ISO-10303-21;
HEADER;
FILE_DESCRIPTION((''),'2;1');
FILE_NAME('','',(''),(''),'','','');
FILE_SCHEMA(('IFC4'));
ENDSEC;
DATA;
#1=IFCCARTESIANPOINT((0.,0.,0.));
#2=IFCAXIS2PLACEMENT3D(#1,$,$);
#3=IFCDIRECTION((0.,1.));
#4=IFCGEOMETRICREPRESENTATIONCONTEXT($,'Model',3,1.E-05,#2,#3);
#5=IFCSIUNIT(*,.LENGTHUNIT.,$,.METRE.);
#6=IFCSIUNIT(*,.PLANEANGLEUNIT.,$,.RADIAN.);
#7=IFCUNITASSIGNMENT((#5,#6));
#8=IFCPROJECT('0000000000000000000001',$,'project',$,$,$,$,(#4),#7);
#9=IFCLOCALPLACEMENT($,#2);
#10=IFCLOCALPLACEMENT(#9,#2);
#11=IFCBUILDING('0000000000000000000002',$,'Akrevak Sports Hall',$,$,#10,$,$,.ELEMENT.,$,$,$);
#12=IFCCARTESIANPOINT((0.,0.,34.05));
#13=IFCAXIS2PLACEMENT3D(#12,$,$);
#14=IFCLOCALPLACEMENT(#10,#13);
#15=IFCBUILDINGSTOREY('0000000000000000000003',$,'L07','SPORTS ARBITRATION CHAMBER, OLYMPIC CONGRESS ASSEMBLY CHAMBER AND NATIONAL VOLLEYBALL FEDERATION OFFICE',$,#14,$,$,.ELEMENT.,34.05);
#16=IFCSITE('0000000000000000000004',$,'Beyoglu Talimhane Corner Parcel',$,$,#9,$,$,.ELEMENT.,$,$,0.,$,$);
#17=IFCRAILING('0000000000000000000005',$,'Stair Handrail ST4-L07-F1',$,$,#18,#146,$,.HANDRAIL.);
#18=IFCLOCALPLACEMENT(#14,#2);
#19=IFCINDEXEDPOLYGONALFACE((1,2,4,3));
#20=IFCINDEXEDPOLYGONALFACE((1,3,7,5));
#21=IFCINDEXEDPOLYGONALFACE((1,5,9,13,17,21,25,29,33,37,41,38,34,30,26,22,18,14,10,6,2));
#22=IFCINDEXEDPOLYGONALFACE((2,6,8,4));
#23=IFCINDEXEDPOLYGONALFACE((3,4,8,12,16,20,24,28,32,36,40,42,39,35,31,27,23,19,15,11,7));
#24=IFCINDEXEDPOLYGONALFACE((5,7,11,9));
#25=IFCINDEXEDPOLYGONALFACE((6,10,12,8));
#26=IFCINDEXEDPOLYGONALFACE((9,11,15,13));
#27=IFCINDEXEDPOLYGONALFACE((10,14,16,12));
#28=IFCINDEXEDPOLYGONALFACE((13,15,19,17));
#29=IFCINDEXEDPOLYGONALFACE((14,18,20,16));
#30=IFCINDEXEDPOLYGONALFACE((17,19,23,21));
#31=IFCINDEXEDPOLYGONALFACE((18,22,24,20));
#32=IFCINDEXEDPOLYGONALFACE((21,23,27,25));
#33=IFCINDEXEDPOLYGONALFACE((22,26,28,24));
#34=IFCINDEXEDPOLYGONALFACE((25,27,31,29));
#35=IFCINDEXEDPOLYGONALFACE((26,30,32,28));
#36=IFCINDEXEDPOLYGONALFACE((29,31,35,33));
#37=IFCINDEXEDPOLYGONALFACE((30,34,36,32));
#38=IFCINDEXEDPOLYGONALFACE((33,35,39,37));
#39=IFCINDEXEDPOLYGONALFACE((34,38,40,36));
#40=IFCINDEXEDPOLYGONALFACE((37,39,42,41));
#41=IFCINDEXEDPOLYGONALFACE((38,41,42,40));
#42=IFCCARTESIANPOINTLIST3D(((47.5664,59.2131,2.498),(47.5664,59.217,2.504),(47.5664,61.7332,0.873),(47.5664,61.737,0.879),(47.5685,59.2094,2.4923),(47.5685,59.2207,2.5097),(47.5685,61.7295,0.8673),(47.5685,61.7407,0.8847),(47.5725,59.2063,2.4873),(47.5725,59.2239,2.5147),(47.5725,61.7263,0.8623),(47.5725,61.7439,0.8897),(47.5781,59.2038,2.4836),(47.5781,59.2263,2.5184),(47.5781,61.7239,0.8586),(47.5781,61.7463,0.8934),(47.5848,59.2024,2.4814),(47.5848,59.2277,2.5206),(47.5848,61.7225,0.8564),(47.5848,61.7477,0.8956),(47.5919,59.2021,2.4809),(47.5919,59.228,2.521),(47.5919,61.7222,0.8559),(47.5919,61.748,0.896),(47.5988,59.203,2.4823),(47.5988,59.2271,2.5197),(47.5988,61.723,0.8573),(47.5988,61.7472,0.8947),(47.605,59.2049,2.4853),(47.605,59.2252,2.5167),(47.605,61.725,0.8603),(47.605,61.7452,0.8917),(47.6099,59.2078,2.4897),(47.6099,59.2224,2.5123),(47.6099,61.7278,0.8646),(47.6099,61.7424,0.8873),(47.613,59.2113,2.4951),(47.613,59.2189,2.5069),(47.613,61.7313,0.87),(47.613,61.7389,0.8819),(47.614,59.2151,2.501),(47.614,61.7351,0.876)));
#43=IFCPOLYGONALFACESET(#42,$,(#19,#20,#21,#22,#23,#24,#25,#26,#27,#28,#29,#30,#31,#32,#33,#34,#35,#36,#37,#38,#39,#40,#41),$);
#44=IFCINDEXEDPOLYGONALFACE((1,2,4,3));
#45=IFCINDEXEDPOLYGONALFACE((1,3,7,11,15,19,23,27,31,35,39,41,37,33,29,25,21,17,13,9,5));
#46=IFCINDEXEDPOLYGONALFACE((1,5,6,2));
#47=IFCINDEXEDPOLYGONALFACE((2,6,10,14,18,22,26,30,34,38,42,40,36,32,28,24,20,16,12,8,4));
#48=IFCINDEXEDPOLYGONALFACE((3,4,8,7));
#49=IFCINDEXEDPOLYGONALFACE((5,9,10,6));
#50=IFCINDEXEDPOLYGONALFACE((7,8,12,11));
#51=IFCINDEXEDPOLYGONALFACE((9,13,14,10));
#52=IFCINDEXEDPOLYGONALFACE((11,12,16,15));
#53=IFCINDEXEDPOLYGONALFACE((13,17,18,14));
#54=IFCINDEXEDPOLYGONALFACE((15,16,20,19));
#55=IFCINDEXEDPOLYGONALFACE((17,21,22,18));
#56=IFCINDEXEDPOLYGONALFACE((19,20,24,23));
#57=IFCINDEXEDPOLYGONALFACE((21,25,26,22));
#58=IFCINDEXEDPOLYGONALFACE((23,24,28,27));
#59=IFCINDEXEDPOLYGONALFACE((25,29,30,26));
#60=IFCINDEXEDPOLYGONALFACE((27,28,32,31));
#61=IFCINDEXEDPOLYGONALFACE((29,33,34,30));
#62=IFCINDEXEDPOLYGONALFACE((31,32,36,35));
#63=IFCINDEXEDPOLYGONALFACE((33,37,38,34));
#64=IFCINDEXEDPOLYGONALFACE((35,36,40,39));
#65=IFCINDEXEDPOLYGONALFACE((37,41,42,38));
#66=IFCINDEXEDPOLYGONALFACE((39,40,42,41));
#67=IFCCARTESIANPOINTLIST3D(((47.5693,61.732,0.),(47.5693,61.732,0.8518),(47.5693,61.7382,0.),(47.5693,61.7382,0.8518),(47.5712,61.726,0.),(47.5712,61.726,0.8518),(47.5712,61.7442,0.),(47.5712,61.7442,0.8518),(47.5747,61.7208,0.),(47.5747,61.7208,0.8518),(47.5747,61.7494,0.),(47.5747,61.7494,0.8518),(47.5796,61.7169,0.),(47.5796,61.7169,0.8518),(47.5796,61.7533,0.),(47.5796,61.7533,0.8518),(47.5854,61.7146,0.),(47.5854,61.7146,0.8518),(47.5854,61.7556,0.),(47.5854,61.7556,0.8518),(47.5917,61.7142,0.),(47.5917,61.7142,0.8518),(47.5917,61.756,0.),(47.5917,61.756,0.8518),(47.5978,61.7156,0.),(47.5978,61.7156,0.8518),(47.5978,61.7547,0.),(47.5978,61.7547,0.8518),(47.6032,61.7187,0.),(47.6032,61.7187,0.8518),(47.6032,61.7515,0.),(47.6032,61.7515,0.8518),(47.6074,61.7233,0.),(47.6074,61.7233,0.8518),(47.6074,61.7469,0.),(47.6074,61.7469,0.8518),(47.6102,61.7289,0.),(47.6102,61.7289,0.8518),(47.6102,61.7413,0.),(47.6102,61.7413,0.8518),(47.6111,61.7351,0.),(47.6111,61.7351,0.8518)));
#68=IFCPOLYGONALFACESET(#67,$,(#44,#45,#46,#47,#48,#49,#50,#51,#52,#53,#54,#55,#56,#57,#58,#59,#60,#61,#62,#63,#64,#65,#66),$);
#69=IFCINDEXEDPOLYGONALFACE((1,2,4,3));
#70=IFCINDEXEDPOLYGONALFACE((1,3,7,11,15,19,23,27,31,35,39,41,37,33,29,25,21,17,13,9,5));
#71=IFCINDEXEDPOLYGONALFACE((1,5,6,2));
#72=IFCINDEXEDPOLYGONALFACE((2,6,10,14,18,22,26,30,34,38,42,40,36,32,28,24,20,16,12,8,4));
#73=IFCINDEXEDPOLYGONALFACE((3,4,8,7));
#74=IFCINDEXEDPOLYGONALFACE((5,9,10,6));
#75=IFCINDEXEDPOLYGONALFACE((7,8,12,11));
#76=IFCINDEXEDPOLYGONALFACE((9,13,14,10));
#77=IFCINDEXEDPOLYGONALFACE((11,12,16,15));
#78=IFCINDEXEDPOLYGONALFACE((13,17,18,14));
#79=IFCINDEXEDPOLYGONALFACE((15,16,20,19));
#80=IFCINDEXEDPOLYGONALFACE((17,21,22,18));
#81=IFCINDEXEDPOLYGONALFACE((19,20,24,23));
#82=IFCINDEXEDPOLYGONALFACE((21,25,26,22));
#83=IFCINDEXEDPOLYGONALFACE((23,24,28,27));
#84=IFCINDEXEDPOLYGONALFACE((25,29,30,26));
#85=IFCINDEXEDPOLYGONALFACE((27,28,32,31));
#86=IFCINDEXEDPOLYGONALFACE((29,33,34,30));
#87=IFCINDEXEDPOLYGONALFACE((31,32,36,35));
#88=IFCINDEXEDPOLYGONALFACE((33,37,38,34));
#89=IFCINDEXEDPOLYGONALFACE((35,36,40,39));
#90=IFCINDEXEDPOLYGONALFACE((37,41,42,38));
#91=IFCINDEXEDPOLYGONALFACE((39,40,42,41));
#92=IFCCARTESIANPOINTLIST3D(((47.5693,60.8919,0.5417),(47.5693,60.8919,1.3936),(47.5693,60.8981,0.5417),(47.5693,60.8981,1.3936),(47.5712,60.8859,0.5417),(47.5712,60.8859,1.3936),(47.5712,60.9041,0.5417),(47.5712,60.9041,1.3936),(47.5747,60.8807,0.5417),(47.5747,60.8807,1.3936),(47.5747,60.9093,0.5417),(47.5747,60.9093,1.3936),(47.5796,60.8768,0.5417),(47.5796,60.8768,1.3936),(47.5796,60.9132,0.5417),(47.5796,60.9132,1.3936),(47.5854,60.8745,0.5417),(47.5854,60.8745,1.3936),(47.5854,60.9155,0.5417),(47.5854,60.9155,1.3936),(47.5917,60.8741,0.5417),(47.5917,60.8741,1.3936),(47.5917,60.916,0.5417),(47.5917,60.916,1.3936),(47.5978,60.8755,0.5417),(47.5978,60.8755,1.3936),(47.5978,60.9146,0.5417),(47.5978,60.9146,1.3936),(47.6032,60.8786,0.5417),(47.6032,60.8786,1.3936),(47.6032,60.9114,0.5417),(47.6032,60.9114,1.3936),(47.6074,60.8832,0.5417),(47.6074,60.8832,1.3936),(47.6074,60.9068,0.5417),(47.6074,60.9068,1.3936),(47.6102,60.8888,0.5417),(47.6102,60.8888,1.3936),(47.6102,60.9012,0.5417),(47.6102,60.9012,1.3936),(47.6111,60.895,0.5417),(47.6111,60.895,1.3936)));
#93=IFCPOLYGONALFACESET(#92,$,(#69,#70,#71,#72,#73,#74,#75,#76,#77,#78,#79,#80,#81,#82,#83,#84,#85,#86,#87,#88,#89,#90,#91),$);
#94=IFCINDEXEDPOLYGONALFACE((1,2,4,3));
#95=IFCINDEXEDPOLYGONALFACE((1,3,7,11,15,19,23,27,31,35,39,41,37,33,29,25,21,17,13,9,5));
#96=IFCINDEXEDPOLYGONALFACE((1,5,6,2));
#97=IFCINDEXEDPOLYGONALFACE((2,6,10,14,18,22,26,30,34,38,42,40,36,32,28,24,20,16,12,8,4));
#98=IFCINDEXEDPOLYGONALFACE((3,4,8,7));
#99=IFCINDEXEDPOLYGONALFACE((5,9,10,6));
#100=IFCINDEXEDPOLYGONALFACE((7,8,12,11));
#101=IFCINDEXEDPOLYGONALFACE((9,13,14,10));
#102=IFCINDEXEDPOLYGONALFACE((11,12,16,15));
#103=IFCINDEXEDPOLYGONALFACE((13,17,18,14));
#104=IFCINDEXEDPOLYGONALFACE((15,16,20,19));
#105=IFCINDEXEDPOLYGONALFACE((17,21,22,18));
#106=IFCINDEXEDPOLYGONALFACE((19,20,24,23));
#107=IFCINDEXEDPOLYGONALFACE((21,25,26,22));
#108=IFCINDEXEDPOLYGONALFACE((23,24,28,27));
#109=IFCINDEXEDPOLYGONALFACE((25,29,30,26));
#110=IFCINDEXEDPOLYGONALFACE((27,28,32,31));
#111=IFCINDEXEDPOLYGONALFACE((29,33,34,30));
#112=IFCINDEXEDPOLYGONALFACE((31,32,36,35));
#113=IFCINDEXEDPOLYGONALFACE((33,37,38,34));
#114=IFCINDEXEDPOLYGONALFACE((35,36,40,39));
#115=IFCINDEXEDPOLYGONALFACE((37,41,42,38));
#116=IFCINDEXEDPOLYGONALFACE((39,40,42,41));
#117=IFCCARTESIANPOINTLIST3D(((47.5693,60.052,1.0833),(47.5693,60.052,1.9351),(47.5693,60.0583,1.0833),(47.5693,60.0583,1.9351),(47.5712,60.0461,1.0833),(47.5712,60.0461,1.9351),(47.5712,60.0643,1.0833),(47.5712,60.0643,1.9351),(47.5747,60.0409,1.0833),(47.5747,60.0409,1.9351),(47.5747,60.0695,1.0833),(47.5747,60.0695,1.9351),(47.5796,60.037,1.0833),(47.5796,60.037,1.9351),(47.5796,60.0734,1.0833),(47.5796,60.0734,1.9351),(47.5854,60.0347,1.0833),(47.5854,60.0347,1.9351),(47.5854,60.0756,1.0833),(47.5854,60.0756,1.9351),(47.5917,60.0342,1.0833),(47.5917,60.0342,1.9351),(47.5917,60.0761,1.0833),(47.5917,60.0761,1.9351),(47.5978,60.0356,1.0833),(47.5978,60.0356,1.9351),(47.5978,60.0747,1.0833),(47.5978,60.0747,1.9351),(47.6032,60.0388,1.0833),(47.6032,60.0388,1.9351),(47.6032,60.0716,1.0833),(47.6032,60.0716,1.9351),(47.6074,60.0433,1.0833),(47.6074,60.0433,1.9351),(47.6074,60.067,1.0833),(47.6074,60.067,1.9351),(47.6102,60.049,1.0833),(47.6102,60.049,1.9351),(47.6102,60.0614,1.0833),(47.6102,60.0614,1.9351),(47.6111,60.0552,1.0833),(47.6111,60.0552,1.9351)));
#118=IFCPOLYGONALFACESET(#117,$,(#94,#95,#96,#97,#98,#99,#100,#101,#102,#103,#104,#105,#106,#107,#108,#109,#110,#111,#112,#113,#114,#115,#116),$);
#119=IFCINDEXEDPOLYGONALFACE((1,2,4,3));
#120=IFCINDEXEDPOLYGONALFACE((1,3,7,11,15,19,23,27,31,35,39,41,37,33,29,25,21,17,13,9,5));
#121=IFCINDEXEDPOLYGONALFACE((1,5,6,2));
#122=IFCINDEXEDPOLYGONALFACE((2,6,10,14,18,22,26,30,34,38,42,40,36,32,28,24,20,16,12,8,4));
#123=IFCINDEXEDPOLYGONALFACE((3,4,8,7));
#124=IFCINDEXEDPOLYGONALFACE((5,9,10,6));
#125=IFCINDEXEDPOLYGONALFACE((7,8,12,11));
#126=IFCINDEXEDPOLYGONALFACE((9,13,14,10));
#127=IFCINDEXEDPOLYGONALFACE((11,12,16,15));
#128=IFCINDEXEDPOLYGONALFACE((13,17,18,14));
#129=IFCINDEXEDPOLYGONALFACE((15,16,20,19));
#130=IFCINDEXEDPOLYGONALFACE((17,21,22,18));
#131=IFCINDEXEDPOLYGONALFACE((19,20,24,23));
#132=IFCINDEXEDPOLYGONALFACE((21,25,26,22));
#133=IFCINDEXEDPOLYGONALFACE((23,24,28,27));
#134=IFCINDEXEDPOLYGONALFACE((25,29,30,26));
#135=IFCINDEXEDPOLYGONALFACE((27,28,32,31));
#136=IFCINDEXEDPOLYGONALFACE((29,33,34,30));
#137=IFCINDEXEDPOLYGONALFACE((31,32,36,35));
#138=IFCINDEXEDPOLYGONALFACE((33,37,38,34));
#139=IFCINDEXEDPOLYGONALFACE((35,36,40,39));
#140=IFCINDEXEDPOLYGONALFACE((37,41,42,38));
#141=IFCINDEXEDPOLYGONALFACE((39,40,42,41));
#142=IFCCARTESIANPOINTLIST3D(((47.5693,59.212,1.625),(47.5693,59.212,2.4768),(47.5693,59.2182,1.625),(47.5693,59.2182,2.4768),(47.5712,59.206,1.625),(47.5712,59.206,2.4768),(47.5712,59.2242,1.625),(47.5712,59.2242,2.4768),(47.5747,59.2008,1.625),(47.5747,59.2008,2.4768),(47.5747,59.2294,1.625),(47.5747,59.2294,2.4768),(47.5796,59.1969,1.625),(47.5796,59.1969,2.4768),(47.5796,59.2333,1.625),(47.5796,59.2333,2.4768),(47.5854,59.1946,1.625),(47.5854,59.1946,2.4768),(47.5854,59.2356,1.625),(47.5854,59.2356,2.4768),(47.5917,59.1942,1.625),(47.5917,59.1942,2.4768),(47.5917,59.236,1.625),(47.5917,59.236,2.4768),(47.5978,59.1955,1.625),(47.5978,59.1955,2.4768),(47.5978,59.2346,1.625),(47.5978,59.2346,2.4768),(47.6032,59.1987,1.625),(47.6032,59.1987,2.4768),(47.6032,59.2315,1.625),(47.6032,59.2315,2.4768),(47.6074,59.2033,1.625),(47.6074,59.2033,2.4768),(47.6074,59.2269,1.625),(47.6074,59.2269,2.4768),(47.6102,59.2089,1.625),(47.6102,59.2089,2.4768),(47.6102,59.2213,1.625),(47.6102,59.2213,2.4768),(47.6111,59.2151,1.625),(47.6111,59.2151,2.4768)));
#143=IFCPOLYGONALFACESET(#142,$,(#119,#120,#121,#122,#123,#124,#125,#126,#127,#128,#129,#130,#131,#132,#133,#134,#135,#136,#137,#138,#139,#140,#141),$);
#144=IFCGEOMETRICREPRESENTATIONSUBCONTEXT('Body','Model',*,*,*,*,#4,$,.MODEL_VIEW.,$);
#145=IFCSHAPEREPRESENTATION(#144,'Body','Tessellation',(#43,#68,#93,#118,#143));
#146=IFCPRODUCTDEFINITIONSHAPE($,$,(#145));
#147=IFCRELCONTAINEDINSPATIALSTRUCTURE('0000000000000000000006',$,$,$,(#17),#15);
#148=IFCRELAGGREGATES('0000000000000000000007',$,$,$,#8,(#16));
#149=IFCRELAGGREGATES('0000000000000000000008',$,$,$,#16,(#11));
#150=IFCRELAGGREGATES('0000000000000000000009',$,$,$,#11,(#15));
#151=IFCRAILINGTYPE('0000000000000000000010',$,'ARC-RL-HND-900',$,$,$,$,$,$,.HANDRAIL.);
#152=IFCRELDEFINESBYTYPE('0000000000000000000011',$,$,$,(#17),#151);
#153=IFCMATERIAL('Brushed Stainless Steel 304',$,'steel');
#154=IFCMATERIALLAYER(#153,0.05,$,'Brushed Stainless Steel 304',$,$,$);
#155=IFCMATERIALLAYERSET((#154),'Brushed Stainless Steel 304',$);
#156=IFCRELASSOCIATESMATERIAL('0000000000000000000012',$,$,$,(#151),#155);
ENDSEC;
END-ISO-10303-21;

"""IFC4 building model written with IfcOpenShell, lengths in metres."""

from ifc_helpers import new_model, si_unit, direction, frame, origin, origin_2d, place, context, subcontext, project, spatial, circle, extrude, material, layer, layer_set, type_object, element, save


model = new_model("IFC4")

# Units and contexts
model_context = context("Model", 3, precision=1e-05, world=origin(), true_north=direction((0.0, 1.0)))
body_context = subcontext(model_context, "Body", "Model", "MODEL_VIEW")
ifc_project = project(units=[si_unit("LENGTHUNIT", "METRE"), si_unit("PLANEANGLEUNIT", "RADIAN")], contexts=[model_context])

# Site, building, storey
site_placement = place(None, origin())
site = spatial("IfcSite", under=ifc_project, at=site_placement, Name="Beyoglu Talimhane Corner Parcel", CompositionType="ELEMENT", RefElevation=0.0)
building_placement = place(site_placement, origin())
building = spatial("IfcBuilding", under=site, at=building_placement, Name="Akrevak Sports Hall", CompositionType="ELEMENT")
storey_placement = place(building_placement, frame((0.0, 0.0, 34.05)))
storey = spatial("IfcBuildingStorey", under=building, at=storey_placement, Name="L07", Description="SPORTS ARBITRATION CHAMBER, OLYMPIC CONGRESS ASSEMBLY CHAMBER AND NATIONAL VOLLEYBALL FEDERATION OFFICE", CompositionType="ELEMENT", Elevation=34.05)

# Railing
ifc_material_1 = material(Name="Brushed Stainless Steel 304", Category="steel")
ifc_layer_1 = layer(ifc_material_1, 0.05, Name="Brushed Stainless Steel 304")
ifc_layer_set_1 = layer_set([ifc_layer_1], Name="Brushed Stainless Steel 304")
railing_type_1 = type_object("IfcRailingType", Name="ARC-RL-HND-900", PredefinedType="HANDRAIL", material=ifc_layer_set_1)
railing_1_placement = place(storey_placement, frame((47.5901, 61.7351, 0.0)))
element("IfcRailing", 1, at=railing_1_placement, inside=storey, type_object=railing_type_1, Name="Stair Handrail ST4-L07-F1", PredefinedType="HANDRAIL", context=body_context, shape_type="SweptSolid", body=[
    extrude(circle(Radius=0.0239, at=origin_2d()), frame((0.0, 0.0, 0.876), z_axis=(0.0, -0.840421, 0.541934), x_axis=(1.0, 0.0, 0.0)), (0.0, 0.0, 1.0), 2.9985),
    extrude(circle(Radius=0.021, at=origin_2d()), origin(), (0.0, 0.0, 1.0), 0.8518),
    extrude(circle(Radius=0.021, at=origin_2d()), frame((0.0, -0.8401, 0.5417)), (0.0, 0.0, 1.0), 0.8518),
    extrude(circle(Radius=0.021, at=origin_2d()), frame((0.0, -1.6799, 1.0833)), (0.0, 0.0, 1.0), 0.8518),
    extrude(circle(Radius=0.021, at=origin_2d()), frame((0.0, -2.52, 1.625)), (0.0, 0.0, 1.0), 0.8518),
])

save(model, "model.ifc")
